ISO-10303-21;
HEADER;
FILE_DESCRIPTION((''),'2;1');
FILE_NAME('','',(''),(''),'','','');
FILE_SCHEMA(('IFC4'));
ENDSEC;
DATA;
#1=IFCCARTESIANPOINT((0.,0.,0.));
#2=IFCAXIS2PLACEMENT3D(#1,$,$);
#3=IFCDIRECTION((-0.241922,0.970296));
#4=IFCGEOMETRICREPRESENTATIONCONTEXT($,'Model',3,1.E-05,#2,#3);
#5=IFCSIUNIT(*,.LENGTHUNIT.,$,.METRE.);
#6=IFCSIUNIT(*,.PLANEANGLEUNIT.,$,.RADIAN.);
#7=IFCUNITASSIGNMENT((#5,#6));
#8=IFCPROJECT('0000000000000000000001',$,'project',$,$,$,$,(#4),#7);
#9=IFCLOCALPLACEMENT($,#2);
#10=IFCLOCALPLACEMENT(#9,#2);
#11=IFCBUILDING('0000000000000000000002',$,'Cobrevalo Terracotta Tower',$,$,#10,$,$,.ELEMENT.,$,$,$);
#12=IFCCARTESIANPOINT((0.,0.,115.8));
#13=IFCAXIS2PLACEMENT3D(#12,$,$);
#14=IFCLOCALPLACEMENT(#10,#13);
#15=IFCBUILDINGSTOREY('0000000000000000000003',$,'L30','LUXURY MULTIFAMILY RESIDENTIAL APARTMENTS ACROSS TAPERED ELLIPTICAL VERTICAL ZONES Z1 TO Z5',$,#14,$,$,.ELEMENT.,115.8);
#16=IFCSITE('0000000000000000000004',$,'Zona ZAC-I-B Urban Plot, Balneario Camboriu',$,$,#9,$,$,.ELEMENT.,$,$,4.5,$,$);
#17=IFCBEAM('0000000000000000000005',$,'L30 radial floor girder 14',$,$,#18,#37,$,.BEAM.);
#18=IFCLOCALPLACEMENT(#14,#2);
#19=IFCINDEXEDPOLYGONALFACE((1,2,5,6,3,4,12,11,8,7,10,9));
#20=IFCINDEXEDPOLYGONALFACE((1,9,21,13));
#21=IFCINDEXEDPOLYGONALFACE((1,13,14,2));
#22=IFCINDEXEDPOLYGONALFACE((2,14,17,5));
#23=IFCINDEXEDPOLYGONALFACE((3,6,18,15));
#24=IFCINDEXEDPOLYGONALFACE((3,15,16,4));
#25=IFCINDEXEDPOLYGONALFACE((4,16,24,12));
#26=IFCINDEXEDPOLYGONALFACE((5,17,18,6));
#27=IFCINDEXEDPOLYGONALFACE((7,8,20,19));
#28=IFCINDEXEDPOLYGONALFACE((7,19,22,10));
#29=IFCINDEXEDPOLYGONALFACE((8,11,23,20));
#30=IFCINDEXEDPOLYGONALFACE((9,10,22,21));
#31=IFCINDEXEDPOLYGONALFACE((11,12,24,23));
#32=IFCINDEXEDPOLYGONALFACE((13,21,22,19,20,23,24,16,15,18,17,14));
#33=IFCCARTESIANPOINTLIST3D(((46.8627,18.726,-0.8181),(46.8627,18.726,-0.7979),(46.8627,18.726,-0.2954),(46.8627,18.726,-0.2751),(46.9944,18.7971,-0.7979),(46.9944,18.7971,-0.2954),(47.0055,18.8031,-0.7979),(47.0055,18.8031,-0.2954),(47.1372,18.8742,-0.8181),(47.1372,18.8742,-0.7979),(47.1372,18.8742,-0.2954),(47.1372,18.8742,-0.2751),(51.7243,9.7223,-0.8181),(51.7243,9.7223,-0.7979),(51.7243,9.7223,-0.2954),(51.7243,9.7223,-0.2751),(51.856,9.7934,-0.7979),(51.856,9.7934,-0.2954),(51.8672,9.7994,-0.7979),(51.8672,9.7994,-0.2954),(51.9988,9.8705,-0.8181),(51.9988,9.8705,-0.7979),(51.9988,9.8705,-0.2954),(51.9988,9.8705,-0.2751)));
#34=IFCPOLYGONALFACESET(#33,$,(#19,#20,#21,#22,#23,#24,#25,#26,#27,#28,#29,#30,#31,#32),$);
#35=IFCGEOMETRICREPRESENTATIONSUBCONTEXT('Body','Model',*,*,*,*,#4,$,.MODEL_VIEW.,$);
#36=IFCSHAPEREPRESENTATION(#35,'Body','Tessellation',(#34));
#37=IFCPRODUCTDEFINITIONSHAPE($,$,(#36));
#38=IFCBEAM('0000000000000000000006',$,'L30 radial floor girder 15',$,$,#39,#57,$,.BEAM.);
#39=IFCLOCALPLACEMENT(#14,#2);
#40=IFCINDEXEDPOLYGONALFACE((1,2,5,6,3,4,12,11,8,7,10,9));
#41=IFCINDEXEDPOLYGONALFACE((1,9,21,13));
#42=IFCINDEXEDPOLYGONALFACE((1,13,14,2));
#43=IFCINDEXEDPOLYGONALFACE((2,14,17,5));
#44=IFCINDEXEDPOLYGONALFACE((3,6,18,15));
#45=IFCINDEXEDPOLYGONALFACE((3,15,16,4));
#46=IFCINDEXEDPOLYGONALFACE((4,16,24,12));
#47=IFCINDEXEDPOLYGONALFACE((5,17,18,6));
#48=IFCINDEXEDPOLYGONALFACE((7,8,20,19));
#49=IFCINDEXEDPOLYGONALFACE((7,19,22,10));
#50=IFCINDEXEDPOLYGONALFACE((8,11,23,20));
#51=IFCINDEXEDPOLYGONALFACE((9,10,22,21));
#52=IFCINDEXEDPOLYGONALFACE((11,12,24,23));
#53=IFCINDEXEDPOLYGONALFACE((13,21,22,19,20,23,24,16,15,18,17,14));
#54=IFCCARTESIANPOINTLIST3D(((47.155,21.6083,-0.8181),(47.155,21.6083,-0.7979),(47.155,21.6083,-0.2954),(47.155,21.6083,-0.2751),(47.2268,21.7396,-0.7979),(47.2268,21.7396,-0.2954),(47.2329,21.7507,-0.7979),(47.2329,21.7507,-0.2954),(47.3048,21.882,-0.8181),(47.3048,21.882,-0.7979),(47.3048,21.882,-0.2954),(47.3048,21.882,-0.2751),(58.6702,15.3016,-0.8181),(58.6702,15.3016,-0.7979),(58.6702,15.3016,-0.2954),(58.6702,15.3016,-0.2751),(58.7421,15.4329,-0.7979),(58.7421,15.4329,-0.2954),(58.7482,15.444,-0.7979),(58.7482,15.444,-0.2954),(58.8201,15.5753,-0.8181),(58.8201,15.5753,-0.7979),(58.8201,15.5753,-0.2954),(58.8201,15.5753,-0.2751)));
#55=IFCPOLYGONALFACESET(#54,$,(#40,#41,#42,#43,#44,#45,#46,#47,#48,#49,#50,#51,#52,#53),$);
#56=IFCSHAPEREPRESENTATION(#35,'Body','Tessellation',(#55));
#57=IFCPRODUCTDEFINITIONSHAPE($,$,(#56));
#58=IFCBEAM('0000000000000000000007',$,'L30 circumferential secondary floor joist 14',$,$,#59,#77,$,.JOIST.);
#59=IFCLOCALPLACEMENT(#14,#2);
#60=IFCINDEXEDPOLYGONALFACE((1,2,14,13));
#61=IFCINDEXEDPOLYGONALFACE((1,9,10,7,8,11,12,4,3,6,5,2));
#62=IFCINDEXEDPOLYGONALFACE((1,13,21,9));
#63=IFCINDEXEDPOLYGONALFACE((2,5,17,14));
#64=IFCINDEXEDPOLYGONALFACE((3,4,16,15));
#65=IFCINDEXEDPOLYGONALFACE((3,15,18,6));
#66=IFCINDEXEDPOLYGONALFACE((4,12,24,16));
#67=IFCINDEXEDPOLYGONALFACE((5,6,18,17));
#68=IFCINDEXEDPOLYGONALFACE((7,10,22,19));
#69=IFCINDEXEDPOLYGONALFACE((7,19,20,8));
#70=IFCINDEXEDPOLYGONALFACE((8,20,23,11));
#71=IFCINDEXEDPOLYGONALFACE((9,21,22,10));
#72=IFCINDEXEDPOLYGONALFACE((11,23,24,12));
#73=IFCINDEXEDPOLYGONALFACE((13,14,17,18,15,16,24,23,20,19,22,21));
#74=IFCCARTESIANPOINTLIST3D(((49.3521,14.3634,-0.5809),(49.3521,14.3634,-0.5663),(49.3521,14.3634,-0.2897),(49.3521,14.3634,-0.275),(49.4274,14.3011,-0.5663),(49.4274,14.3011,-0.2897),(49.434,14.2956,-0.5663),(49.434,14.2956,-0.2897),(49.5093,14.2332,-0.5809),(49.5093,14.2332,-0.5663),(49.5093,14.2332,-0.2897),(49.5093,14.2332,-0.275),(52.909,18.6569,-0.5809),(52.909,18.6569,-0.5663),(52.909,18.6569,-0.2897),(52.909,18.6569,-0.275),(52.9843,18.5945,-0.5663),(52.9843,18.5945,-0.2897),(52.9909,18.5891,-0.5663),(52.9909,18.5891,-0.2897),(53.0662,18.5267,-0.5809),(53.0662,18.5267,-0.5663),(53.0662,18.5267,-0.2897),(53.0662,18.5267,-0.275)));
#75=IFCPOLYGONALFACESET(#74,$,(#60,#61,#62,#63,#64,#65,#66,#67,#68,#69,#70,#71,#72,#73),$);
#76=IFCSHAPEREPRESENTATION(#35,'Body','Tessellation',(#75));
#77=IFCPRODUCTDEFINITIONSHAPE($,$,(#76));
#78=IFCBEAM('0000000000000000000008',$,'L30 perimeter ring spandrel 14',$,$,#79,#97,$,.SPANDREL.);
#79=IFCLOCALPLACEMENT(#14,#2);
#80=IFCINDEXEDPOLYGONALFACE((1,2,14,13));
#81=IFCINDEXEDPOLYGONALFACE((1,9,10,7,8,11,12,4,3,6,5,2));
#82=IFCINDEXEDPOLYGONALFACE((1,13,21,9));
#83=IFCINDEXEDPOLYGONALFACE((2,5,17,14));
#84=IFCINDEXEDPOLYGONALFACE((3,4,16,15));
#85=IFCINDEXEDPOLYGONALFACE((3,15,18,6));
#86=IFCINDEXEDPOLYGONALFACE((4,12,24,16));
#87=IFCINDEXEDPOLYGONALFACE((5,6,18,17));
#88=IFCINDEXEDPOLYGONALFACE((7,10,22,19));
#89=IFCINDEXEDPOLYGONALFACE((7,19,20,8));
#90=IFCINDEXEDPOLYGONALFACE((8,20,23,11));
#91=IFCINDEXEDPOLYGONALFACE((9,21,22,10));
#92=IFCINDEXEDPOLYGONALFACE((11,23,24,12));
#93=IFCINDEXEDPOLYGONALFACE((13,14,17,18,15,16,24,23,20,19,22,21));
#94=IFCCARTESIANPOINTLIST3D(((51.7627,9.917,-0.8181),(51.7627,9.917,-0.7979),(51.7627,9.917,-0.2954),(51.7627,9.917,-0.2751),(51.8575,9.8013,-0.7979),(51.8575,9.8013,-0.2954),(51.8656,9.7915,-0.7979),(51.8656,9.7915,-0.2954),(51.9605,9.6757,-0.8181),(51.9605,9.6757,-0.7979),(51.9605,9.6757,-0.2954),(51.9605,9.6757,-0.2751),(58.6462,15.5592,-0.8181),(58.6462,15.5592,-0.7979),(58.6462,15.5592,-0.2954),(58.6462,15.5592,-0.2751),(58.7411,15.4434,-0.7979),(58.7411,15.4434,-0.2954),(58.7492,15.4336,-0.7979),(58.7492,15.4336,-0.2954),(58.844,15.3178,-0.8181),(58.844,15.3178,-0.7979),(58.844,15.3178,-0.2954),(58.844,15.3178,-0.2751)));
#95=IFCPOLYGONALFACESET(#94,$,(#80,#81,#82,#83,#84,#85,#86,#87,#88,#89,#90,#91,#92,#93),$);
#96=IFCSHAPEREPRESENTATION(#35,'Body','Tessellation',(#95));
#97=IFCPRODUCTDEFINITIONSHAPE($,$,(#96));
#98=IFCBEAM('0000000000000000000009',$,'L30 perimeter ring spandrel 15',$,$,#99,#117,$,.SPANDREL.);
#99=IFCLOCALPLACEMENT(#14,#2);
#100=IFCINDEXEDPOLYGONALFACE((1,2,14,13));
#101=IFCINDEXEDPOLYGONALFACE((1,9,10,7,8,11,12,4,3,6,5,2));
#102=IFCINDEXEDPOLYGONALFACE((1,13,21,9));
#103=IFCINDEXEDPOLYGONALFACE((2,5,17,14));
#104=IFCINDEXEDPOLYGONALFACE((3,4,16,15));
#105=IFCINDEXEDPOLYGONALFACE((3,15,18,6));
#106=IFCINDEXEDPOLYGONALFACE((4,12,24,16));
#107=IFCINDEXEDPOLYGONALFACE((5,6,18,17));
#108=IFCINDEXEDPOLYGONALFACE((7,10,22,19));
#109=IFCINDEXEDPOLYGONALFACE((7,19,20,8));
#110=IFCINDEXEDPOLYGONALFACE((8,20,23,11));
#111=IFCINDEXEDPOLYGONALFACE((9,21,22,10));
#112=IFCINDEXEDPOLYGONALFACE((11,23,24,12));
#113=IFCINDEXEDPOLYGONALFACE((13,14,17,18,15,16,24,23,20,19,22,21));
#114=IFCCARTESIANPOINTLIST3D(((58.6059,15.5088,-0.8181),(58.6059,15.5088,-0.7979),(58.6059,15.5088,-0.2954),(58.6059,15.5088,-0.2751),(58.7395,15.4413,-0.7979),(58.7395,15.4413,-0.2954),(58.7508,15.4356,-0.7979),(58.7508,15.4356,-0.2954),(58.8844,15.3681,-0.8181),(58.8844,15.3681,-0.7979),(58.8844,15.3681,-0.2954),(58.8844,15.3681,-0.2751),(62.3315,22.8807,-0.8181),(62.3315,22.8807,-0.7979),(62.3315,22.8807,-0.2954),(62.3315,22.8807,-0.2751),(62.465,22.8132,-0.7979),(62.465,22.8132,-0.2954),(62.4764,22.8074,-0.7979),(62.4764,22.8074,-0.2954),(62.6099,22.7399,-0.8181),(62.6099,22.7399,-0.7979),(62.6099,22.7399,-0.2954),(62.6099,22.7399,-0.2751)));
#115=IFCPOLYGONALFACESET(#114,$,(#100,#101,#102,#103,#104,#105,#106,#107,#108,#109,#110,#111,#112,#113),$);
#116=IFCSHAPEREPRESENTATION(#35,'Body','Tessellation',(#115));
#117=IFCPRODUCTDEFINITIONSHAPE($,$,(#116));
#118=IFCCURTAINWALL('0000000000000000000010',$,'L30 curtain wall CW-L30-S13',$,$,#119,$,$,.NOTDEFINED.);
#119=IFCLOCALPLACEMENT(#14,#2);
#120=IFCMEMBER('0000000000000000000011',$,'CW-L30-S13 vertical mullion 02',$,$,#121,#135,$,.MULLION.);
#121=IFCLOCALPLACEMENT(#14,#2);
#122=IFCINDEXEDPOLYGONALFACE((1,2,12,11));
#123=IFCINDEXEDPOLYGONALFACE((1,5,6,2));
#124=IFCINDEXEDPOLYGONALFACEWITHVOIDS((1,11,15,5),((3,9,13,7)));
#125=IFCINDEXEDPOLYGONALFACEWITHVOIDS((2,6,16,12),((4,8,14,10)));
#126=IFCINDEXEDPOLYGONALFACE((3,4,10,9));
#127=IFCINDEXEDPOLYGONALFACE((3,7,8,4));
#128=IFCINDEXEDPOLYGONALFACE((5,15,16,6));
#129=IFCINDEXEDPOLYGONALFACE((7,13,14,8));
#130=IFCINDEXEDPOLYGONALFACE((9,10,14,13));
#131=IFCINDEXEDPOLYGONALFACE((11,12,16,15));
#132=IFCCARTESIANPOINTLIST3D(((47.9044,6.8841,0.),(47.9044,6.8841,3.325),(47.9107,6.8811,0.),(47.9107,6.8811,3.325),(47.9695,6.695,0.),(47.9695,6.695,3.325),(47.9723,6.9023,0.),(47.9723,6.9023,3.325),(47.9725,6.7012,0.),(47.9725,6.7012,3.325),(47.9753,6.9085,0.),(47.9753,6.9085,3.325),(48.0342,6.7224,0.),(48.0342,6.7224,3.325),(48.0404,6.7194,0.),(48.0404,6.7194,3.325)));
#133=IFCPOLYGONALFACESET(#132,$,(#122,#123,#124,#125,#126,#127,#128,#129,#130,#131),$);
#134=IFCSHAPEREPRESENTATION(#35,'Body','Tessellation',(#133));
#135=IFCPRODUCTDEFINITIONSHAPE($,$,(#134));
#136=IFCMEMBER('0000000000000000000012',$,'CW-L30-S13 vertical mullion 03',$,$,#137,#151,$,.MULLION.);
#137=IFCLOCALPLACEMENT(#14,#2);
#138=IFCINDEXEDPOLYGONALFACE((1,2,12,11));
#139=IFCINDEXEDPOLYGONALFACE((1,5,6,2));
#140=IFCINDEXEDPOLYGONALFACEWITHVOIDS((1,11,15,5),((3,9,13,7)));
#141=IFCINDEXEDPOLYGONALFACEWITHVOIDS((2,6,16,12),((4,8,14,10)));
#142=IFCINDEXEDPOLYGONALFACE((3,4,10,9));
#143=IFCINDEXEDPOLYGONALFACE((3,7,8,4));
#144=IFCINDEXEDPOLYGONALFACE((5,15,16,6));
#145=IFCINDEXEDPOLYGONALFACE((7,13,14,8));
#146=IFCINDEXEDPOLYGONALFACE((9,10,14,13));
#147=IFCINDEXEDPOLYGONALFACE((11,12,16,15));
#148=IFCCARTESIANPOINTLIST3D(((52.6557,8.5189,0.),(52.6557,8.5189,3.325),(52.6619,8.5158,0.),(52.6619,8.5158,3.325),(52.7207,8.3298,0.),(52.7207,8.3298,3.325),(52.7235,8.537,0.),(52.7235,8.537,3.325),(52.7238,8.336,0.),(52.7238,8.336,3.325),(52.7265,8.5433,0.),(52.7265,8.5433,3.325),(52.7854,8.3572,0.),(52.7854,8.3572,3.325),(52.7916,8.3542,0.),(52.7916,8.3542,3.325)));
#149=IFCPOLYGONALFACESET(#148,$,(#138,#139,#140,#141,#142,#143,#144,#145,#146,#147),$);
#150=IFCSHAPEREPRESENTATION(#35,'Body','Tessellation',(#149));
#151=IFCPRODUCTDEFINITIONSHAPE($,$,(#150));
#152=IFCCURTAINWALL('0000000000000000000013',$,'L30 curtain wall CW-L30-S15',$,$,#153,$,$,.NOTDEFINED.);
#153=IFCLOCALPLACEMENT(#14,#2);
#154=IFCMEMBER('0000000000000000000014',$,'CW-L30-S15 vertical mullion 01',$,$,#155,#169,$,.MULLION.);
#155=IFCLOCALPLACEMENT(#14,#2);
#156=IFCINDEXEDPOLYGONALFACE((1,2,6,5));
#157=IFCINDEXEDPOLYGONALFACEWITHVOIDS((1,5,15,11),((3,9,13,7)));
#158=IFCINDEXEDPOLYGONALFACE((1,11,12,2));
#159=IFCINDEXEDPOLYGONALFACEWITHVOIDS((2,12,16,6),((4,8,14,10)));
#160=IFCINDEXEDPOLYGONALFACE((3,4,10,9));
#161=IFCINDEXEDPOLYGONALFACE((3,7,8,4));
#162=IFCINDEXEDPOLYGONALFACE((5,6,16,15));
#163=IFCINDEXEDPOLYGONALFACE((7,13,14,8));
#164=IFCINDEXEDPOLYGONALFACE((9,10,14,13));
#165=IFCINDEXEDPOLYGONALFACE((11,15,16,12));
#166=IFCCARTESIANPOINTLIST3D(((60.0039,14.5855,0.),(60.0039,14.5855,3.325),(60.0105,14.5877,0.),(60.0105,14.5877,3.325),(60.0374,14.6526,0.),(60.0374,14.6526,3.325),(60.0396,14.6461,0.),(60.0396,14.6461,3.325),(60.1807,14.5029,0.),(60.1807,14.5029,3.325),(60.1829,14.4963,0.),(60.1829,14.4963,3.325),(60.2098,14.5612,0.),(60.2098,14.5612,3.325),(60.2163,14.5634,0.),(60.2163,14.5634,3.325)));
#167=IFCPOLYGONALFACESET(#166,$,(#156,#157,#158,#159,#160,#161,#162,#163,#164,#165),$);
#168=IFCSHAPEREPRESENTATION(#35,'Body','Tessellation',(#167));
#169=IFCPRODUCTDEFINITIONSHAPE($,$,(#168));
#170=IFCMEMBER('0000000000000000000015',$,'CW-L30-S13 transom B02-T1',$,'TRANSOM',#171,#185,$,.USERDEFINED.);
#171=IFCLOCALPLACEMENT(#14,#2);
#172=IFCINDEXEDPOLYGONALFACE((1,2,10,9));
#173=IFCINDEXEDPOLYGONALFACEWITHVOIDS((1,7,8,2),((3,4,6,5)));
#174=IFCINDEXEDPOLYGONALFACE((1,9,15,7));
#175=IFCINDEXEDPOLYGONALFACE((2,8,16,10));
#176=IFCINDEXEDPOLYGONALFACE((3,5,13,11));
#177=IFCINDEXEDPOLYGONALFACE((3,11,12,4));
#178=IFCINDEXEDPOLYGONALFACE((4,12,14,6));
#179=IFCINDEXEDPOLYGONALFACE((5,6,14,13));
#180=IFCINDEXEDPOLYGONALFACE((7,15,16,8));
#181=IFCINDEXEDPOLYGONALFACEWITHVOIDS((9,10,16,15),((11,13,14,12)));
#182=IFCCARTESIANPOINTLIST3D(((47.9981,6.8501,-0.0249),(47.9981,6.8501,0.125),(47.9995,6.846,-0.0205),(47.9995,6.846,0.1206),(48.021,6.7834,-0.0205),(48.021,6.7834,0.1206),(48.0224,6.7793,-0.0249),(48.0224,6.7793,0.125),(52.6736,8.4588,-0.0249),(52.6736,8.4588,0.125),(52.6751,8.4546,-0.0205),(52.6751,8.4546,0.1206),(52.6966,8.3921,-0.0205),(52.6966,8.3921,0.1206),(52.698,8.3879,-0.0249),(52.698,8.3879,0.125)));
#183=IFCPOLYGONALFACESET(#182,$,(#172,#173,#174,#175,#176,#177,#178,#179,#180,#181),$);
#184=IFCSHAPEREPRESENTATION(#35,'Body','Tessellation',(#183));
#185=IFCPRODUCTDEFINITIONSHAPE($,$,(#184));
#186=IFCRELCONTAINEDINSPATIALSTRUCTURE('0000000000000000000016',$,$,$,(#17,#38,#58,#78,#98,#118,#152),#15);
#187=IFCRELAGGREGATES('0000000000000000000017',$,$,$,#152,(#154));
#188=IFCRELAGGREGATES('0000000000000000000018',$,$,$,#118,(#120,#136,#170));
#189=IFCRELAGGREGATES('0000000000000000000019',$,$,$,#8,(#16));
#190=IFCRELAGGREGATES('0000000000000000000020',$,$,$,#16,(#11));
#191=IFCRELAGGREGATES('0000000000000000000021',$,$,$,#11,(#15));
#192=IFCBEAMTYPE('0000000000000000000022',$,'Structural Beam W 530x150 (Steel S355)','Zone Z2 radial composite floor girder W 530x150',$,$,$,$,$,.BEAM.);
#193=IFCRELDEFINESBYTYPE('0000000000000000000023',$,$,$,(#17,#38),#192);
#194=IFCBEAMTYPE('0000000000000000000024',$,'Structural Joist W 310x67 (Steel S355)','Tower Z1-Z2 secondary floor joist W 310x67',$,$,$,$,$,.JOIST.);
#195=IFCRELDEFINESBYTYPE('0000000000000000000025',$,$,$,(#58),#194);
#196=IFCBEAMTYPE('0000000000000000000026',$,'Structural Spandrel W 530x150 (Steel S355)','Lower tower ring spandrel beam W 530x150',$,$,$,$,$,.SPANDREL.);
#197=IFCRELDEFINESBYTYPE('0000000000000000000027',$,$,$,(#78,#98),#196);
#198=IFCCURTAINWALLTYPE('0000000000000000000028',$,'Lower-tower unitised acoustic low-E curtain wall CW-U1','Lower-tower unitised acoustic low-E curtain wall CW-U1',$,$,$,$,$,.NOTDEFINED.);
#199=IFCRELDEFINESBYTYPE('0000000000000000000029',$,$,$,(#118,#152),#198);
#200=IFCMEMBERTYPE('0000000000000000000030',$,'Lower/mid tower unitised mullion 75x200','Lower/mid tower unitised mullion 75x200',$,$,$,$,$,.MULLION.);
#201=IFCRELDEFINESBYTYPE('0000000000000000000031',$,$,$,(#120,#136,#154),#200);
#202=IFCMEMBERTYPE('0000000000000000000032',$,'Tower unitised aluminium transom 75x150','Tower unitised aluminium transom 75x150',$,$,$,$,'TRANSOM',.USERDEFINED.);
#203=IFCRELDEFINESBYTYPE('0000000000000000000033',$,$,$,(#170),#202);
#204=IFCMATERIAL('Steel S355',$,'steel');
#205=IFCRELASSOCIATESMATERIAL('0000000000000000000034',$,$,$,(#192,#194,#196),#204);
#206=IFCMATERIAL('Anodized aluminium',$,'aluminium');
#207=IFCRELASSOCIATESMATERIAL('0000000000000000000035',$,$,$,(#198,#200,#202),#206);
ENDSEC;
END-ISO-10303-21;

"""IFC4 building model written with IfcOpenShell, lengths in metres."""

from ifc_helpers import new_model, si_unit, direction, frame, origin, origin_2d, place, context, subcontext, project, spatial, hollow_rectangle, i_section, extrude, source, transform, mapped, material, material_profile, profile_set, type_object, element, aggregate, save


model = new_model("IFC4")

# Units and contexts
model_context = context("Model", 3, precision=1e-05, world=origin(), true_north=direction((-0.241922, 0.970296)))
body_context = subcontext(model_context, "Body", "Model", "MODEL_VIEW")
ifc_project = project(units=[si_unit("LENGTHUNIT", "METRE"), si_unit("PLANEANGLEUNIT", "RADIAN")], contexts=[model_context])

# Site, building, storey
site_placement = place(None, origin())
site = spatial("IfcSite", under=ifc_project, at=site_placement, Name="Zona ZAC-I-B Urban Plot, Balneario Camboriu", CompositionType="ELEMENT", RefElevation=4.5)
building_placement = place(site_placement, origin())
building = spatial("IfcBuilding", under=site, at=building_placement, Name="Cobrevalo Terracotta Tower", CompositionType="ELEMENT")
storey_placement = place(building_placement, frame((0.0, 0.0, 115.8)))
storey = spatial("IfcBuildingStorey", under=building, at=storey_placement, Name="L30", Description="LUXURY MULTIFAMILY RESIDENTIAL APARTMENTS ACROSS TAPERED ELLIPTICAL VERTICAL ZONES Z1 TO Z5", CompositionType="ELEMENT", Elevation=115.8)

# Shared definitions
ifc_material_1 = material(Name="Steel S355", Category="steel")

# Beams
ifc_material_profile_1 = material_profile(ifc_material_1, i_section(OverallWidth=0.312, OverallDepth=0.543, WebThickness=0.0127, FlangeThickness=0.0203, at=origin_2d()), Name="W 530x150")
ifc_profile_set_1 = profile_set([ifc_material_profile_1], Name="Steel S355")
beam_type_1 = type_object("IfcBeamType", Name="Structural Beam W 530x150 (Steel S355)", Description="Zone Z2 radial composite floor girder W 530x150", PredefinedType="BEAM", material=ifc_profile_set_1)
beam_1_placement = place(storey_placement, frame((51.8616, 9.7964, -0.5466), z_axis=(-0.475118, 0.879922, 0.0), x_axis=(-0.879922, -0.475118, 0.0)))
element("IfcBeam", 1, at=beam_1_placement, inside=storey, type_object=beam_type_1, Name="L30 radial floor girder 14", PredefinedType="BEAM", context=body_context, shape_type="SweptSolid", body=[
    extrude(i_section(OverallWidth=0.312, OverallDepth=0.543, WebThickness=0.0127, FlangeThickness=0.0203, at=origin_2d()), origin(), (0.0, 0.0, 1.0), 10.2324),
])
beam_2_placement = place(storey_placement, frame((58.7451, 15.4385, -0.5466), z_axis=(-0.877073, 0.480358, 0.0), x_axis=(-0.480358, -0.877073, 0.0)))
element("IfcBeam", 2, at=beam_2_placement, inside=storey, type_object=beam_type_1, Name="L30 radial floor girder 15", PredefinedType="BEAM", context=body_context, shape_type="SweptSolid", body=[
    extrude(i_section(OverallWidth=0.312, OverallDepth=0.543, WebThickness=0.0127, FlangeThickness=0.0203, at=origin_2d()), origin(), (0.0, 0.0, 1.0), 13.1292),
])
ifc_material_profile_2 = material_profile(ifc_material_1, i_section(OverallWidth=0.2041, OverallDepth=0.3059, WebThickness=0.0085, FlangeThickness=0.0146, at=origin_2d()), Name="W 310x67")
ifc_profile_set_2 = profile_set([ifc_material_profile_2], Name="Steel S355")
beam_type_2 = type_object("IfcBeamType", Name="Structural Joist W 310x67 (Steel S355)", Description="Tower Z1-Z2 secondary floor joist W 310x67", PredefinedType="JOIST", material=ifc_profile_set_2)
beam_3_placement = place(storey_placement, frame((49.4307, 14.2983, -0.428), z_axis=(0.637959, 0.77007, 0.0), x_axis=(-0.77007, 0.637959, 0.0)))
element("IfcBeam", 3, at=beam_3_placement, inside=storey, type_object=beam_type_2, Name="L30 circumferential secondary floor joist 14", PredefinedType="JOIST", context=body_context, shape_type="SweptSolid", body=[
    extrude(i_section(OverallWidth=0.2041, OverallDepth=0.3059, WebThickness=0.0085, FlangeThickness=0.0146, at=origin_2d()), origin(), (0.0, 0.0, 1.0), 5.5754),
])
ifc_material_profile_3 = material_profile(ifc_material_1, i_section(OverallWidth=0.312, OverallDepth=0.543, WebThickness=0.0127, FlangeThickness=0.0203, at=origin_2d()), Name="W 530x150")
ifc_profile_set_3 = profile_set([ifc_material_profile_3], Name="Steel S355")
beam_type_3 = type_object("IfcBeamType", Name="Structural Spandrel W 530x150 (Steel S355)", Description="Lower tower ring spandrel beam W 530x150", PredefinedType="SPANDREL", material=ifc_profile_set_3)
beam_4_placement = place(storey_placement, frame((51.8616, 9.7964, -0.5466), z_axis=(0.773401, 0.633917, 0.0), x_axis=(-0.633917, 0.773401, 0.0)))
element("IfcBeam", 4, at=beam_4_placement, inside=storey, type_object=beam_type_3, Name="L30 perimeter ring spandrel 14", PredefinedType="SPANDREL", context=body_context, shape_type="SweptSolid", body=[
    extrude(i_section(OverallWidth=0.312, OverallDepth=0.543, WebThickness=0.0127, FlangeThickness=0.0203, at=origin_2d()), origin(), (0.0, 0.0, 1.0), 8.9004),
])
beam_5_placement = place(storey_placement, frame((58.7451, 15.4385, -0.5466), z_axis=(0.451052, 0.892498, 0.0), x_axis=(-0.892498, 0.451052, 0.0)))
element("IfcBeam", 5, at=beam_5_placement, inside=storey, type_object=beam_type_3, Name="L30 perimeter ring spandrel 15", PredefinedType="SPANDREL", context=body_context, shape_type="SweptSolid", body=[
    extrude(i_section(OverallWidth=0.312, OverallDepth=0.543, WebThickness=0.0127, FlangeThickness=0.0203, at=origin_2d()), origin(), (0.0, 0.0, 1.0), 8.2598),
])

# Curtain wall, members
ifc_material_2 = material(Name="Anodized aluminium", Category="aluminium")
curtain_wall_type = type_object("IfcCurtainWallType", Name="Lower-tower unitised acoustic low-E curtain wall CW-U1", Description="Lower-tower unitised acoustic low-E curtain wall CW-U1", PredefinedType="NOTDEFINED", material=ifc_material_2)
curtain_wall_1_placement = place(storey_placement, origin())
curtain_wall_1 = element("IfcCurtainWall", 6, at=curtain_wall_1_placement, inside=storey, type_object=curtain_wall_type, Name="L30 curtain wall CW-L30-S13", PredefinedType="NOTDEFINED")
ifc_material_profile_4 = material_profile(ifc_material_2, hollow_rectangle(XDim=0.075, YDim=0.2, WallThickness=0.0049, at=origin_2d()), Name="CWM 75x200")
ifc_profile_set_4 = profile_set([ifc_material_profile_4], Name="Anodized aluminium")
member_type_1 = type_object("IfcMemberType", Name="Lower/mid tower unitised mullion 75x200", Description="Lower/mid tower unitised mullion 75x200", PredefinedType="MULLION", material=ifc_profile_set_4)
shared_shape_1 = source(origin(), body_context, "Body", "SweptSolid", [
    extrude(hollow_rectangle(XDim=0.075, YDim=0.2, WallThickness=0.0049, at=origin_2d()), origin(), (0.0, 0.0, 1.0), 3.325),
])
member_1_placement = place(storey_placement, frame((47.9724, 6.8018, 0.0), z_axis=(0.0, 0.0, 1.0), x_axis=(0.945598, 0.325337, 0.0)))
member_1 = element("IfcMember", 7, at=member_1_placement, type_object=member_type_1, Name="CW-L30-S13 vertical mullion 02", PredefinedType="MULLION", context=body_context, shape_type="MappedRepresentation", body=[
    mapped(shared_shape_1, transform((0.0, 0.0, 0.0), scale=1.0)),
])
member_2_placement = place(storey_placement, frame((52.7236, 8.4365, 0.0), z_axis=(0.0, 0.0, 1.0), x_axis=(0.945598, 0.325337, 0.0)))
member_2 = element("IfcMember", 8, at=member_2_placement, type_object=member_type_1, Name="CW-L30-S13 vertical mullion 03", PredefinedType="MULLION", context=body_context, shape_type="MappedRepresentation", body=[
    mapped(shared_shape_1, transform((0.0, 0.0, 0.0), scale=1.0)),
])

# Curtain wall, member
curtain_wall_2_placement = place(storey_placement, origin())
curtain_wall_2 = element("IfcCurtainWall", 9, at=curtain_wall_2_placement, inside=storey, type_object=curtain_wall_type, Name="L30 curtain wall CW-L30-S15", PredefinedType="NOTDEFINED")
member_3_placement = place(storey_placement, frame((60.1101, 14.5745, 0.0), z_axis=(0.0, 0.0, 1.0), x_axis=(0.44626, 0.894903, 0.0)))
member_3 = element("IfcMember", 10, at=member_3_placement, type_object=member_type_1, Name="CW-L30-S15 vertical mullion 01", PredefinedType="MULLION", context=body_context, shape_type="MappedRepresentation", body=[
    mapped(shared_shape_1, transform((0.0, 0.0, 0.0), scale=1.0)),
])

# Member
ifc_material_profile_5 = material_profile(ifc_material_2, hollow_rectangle(XDim=0.075, YDim=0.1499, WallThickness=0.0044, at=origin_2d()), Name="CWT 75x150")
ifc_profile_set_5 = profile_set([ifc_material_profile_5], Name="Anodized aluminium")
member_type_2 = type_object("IfcMemberType", Name="Tower unitised aluminium transom 75x150", Description="Tower unitised aluminium transom 75x150", ElementType="TRANSOM", PredefinedType="USERDEFINED", material=ifc_profile_set_5)
shared_shape_2 = source(origin(), body_context, "Body", "SweptSolid", [
    extrude(hollow_rectangle(XDim=0.075, YDim=0.1499, WallThickness=0.0044, at=origin_2d()), origin(), (0.0, 0.0, 1.0), 4.9446),
])
member_4_placement = place(storey_placement, frame((48.0103, 6.8147, 0.05), z_axis=(0.945598, 0.325338, 0.0), x_axis=(-0.325338, 0.945598, 0.0)))
member_4 = element("IfcMember", 11, at=member_4_placement, type_object=member_type_2, Name="CW-L30-S13 transom B02-T1", ObjectType="TRANSOM", PredefinedType="USERDEFINED", context=body_context, shape_type="MappedRepresentation", body=[
    mapped(shared_shape_2, transform((0.0, 0.0, 0.0), scale=1.0)),
])
aggregate(curtain_wall_2, [member_3])

aggregate(curtain_wall_1, [member_1, member_2, member_4])

save(model, "model.ifc")
